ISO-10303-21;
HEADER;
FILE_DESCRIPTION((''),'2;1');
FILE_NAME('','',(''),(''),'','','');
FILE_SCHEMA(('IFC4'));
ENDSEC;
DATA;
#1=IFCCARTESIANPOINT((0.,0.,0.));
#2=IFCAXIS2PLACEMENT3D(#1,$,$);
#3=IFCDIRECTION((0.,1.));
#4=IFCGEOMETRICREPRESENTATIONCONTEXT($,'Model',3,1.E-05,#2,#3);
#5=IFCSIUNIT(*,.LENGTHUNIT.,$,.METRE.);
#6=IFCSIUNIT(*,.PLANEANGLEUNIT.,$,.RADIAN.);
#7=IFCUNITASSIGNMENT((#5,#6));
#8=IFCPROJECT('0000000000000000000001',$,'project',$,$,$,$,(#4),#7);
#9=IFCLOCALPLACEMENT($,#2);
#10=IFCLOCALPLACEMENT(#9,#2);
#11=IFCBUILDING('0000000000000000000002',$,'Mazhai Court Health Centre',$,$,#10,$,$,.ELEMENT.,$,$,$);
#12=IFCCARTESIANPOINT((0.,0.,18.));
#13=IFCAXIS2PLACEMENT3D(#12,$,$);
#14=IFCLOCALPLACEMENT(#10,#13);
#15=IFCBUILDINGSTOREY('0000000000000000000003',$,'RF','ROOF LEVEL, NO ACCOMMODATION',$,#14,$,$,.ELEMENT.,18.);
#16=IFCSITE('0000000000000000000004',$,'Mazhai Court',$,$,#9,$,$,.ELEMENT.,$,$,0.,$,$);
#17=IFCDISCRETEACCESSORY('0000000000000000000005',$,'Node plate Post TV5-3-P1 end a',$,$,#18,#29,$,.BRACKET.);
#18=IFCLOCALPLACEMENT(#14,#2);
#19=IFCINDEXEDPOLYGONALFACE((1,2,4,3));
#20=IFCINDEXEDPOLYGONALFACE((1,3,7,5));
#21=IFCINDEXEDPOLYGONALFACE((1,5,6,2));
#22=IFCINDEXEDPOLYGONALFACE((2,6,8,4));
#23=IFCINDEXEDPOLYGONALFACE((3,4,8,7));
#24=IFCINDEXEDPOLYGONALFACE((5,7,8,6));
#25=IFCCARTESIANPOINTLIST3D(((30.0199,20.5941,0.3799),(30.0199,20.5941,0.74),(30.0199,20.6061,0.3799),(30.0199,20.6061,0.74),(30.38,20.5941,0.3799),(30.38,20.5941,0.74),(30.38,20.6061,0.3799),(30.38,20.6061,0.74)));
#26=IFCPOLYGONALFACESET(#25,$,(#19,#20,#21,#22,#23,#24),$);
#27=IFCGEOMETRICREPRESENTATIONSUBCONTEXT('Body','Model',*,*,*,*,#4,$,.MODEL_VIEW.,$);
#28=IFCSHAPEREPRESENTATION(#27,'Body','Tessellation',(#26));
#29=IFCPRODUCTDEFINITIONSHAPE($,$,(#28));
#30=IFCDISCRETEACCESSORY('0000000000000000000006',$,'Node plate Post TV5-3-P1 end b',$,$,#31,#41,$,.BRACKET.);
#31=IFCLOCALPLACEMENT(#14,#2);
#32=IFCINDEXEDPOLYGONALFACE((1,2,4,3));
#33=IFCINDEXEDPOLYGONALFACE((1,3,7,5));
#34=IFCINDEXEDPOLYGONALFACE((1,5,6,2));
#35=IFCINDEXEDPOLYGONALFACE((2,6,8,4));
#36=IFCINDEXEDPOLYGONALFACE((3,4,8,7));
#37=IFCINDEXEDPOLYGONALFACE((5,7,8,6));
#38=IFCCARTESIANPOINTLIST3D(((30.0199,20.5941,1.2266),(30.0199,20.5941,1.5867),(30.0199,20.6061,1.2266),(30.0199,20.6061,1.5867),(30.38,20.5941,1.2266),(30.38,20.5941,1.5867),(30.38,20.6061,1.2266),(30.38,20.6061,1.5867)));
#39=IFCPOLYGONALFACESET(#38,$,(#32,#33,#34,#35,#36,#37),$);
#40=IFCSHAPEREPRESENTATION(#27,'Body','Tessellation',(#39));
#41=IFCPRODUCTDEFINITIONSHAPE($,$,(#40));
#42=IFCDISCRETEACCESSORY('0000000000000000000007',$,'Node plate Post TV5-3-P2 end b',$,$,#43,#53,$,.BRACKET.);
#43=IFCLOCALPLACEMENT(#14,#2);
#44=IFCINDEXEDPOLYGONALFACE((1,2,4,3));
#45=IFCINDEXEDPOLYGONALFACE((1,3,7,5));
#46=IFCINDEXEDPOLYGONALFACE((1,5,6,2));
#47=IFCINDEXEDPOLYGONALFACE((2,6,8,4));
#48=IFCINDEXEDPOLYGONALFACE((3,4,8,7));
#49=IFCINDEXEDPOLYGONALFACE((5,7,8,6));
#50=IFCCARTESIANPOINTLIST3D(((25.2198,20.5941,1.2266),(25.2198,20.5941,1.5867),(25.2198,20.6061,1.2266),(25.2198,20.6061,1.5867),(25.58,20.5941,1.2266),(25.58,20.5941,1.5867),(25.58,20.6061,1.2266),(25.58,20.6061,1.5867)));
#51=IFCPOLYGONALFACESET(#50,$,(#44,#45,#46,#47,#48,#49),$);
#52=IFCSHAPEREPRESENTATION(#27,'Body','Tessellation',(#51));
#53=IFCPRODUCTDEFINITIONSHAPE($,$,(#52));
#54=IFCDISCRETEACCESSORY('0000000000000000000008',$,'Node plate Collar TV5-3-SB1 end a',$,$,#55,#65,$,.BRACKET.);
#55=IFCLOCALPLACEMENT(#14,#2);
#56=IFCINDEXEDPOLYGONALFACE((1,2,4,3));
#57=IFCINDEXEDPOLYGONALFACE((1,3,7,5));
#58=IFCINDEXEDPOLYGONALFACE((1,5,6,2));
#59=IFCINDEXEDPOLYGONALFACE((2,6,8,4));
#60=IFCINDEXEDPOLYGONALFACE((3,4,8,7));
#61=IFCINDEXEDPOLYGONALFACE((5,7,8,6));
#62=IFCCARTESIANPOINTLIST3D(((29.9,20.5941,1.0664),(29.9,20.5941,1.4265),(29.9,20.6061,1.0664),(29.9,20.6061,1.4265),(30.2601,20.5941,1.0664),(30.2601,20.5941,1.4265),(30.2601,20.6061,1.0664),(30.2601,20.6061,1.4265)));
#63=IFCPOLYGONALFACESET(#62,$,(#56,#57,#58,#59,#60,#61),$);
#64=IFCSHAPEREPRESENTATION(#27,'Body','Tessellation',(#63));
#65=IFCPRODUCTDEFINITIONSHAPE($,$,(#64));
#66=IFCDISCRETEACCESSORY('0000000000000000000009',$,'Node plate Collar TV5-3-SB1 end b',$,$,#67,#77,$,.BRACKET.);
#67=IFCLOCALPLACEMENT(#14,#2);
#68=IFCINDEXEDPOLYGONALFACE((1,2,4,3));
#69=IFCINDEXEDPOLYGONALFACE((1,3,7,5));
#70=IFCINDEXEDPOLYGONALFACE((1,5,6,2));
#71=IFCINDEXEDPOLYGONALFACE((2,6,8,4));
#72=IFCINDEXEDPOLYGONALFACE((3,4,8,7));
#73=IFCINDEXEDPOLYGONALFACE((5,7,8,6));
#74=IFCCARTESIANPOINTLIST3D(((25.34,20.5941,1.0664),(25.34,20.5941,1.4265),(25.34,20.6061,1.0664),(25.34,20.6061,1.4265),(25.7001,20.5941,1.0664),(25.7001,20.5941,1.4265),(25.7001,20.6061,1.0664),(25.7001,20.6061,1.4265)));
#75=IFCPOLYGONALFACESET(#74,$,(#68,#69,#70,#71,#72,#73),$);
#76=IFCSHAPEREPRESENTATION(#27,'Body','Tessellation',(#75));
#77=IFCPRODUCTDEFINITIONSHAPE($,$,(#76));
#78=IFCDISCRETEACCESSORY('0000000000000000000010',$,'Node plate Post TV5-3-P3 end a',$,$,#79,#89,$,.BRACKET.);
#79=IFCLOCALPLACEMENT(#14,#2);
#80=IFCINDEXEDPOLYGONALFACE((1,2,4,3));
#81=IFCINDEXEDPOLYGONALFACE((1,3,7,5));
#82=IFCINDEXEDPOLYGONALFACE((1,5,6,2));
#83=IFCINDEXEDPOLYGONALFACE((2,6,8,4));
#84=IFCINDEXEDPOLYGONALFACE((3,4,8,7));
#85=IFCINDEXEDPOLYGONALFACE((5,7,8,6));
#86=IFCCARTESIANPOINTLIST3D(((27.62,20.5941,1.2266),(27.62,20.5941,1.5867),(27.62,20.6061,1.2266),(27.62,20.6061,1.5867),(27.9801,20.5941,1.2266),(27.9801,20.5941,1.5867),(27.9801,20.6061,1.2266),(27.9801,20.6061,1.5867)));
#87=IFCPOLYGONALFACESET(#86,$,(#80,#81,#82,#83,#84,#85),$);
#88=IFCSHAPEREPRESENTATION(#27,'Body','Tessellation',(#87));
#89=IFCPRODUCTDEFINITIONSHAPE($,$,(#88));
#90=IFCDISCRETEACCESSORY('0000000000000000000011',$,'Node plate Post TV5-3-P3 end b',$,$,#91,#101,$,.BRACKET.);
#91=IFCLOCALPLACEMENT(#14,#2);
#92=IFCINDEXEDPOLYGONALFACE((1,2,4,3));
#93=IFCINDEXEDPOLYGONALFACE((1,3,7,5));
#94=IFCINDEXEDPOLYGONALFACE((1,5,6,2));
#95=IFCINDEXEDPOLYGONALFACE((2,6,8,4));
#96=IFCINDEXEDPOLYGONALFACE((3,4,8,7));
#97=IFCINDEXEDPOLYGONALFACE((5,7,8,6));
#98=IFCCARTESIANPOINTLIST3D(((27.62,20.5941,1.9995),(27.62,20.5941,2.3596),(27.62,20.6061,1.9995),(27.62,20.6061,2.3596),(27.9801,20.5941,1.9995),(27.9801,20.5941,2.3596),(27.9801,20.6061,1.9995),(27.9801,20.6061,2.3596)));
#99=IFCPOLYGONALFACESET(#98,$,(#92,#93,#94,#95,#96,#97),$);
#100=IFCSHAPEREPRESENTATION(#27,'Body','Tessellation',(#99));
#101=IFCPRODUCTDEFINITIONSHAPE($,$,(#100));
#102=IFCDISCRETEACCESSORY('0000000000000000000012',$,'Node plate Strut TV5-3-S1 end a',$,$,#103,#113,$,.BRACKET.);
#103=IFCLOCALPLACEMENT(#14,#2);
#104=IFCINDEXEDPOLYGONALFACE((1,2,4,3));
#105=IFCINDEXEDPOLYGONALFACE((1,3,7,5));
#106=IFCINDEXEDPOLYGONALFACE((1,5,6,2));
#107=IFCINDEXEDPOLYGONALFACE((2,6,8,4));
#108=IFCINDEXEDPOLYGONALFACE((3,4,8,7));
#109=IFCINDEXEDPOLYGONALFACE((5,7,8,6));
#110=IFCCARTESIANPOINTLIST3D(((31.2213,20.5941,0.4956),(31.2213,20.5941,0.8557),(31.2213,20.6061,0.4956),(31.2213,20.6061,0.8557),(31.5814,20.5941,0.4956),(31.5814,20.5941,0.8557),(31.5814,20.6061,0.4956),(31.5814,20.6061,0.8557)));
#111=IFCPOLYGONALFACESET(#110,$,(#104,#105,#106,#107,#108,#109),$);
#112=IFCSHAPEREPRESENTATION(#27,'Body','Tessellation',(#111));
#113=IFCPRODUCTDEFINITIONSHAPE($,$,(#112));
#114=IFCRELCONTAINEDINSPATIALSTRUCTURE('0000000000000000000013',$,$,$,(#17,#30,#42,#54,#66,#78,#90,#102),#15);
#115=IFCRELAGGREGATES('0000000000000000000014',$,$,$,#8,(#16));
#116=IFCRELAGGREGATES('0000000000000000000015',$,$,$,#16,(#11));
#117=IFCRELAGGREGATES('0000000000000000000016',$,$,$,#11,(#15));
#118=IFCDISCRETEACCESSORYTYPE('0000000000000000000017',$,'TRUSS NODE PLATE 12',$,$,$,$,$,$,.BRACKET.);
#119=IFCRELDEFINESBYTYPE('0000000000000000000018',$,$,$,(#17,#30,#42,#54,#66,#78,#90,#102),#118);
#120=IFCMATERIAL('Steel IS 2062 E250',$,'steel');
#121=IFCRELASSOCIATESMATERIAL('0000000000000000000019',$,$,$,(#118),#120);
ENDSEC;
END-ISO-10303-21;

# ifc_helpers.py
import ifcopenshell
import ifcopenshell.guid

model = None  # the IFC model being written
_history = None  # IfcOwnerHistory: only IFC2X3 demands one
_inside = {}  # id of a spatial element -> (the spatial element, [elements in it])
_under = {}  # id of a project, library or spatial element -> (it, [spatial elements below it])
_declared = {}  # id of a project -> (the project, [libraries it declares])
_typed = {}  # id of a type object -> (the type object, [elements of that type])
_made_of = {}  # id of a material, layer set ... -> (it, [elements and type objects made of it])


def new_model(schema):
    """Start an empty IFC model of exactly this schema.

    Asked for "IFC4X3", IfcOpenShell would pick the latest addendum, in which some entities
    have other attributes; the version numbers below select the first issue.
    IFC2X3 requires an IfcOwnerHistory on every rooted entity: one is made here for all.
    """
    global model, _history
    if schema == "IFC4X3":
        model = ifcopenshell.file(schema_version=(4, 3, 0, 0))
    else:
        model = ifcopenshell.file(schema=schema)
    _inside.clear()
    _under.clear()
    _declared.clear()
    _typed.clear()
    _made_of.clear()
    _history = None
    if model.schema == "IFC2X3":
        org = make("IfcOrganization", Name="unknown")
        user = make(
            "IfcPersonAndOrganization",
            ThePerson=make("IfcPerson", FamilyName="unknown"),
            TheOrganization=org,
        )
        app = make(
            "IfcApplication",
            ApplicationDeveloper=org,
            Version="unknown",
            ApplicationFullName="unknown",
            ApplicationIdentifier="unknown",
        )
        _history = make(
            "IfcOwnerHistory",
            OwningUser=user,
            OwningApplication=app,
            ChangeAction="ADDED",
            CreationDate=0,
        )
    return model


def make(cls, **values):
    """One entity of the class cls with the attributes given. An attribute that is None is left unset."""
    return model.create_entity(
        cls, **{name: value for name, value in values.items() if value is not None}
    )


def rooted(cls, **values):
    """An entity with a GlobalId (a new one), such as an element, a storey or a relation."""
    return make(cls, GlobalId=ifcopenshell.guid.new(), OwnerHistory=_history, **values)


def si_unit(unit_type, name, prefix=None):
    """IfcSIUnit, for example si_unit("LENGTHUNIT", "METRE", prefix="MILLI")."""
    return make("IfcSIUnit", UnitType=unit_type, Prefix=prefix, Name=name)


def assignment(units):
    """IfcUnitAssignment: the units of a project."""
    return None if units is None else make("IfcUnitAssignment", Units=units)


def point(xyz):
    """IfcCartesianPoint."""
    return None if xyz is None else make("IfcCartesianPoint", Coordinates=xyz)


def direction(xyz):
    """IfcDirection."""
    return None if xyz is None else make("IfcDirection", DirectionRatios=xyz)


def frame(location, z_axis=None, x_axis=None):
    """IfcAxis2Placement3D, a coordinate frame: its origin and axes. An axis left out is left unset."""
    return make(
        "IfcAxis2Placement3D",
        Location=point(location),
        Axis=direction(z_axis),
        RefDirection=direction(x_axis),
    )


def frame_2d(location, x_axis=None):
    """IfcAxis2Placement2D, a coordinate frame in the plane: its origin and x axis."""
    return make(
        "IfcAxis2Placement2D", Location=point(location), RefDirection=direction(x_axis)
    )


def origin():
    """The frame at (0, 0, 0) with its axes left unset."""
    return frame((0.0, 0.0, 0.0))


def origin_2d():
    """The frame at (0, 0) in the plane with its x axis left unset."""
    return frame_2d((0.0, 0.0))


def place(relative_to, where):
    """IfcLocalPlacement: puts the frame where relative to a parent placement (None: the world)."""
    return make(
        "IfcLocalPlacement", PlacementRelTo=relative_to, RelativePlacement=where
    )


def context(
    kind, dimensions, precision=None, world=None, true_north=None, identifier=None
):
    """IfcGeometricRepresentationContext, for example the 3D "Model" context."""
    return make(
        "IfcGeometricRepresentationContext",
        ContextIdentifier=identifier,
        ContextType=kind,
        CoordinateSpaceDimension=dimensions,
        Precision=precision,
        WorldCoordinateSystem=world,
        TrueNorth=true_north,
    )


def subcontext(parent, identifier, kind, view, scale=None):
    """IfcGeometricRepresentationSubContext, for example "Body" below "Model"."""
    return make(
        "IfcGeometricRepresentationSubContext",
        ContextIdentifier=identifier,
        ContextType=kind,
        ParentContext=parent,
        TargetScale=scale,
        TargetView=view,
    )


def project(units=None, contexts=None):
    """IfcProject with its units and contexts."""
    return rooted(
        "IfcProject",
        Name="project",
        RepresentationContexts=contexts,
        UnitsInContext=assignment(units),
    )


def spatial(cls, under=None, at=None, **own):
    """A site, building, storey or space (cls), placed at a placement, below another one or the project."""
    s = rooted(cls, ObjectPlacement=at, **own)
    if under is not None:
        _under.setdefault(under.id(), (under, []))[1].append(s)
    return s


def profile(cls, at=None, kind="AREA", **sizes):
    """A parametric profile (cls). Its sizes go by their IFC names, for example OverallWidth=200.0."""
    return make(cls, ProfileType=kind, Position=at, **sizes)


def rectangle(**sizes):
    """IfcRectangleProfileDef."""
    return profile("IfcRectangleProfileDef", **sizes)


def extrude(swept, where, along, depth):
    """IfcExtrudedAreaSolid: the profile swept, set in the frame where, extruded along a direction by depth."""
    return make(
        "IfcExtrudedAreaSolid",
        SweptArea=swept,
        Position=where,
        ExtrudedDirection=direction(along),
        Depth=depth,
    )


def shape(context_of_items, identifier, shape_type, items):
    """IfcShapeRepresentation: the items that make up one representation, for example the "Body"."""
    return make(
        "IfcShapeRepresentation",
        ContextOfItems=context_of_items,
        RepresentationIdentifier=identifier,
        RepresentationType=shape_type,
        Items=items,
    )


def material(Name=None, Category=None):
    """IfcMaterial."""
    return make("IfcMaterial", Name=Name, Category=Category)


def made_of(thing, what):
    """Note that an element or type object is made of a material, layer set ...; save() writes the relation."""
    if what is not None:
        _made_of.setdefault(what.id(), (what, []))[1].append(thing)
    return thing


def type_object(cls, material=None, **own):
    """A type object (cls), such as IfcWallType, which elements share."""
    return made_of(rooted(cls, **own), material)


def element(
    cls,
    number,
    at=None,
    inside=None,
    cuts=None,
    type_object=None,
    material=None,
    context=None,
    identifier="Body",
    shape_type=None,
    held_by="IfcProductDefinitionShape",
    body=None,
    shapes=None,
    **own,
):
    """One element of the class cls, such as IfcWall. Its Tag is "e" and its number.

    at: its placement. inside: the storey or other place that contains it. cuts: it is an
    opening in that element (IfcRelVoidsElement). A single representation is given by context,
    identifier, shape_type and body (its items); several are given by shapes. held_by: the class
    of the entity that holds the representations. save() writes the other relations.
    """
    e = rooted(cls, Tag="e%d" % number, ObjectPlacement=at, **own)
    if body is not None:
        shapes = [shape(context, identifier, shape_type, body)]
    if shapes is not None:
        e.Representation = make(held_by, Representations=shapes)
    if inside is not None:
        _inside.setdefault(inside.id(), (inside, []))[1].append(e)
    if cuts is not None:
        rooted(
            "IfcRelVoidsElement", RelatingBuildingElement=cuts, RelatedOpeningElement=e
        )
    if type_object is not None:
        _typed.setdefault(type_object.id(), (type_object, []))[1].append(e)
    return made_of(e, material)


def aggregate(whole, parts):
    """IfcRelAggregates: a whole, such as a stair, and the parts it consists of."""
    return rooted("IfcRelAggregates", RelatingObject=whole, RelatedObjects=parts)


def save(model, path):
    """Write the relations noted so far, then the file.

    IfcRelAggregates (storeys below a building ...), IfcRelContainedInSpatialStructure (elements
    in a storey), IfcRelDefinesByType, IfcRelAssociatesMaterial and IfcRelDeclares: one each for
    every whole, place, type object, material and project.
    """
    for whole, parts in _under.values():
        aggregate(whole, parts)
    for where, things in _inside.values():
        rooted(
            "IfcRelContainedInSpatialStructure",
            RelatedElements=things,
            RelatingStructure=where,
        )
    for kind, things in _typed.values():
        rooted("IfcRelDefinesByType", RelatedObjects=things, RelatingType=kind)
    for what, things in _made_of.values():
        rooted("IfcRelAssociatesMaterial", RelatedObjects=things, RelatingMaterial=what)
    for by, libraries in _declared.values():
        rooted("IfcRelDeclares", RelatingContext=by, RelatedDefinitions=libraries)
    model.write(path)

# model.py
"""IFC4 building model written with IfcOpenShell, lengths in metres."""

from ifc_helpers import new_model, si_unit, direction, frame, origin, origin_2d, place, context, subcontext, project, spatial, rectangle, extrude, material, type_object, element, save


model = new_model("IFC4")

# Units and contexts
model_context = context("Model", 3, precision=1e-05, world=origin(), true_north=direction((0.0, 1.0)))
body_context = subcontext(model_context, "Body", "Model", "MODEL_VIEW")
ifc_project = project(units=[si_unit("LENGTHUNIT", "METRE"), si_unit("PLANEANGLEUNIT", "RADIAN")], contexts=[model_context])

# Site, building, storey
site_placement = place(None, origin())
site = spatial("IfcSite", under=ifc_project, at=site_placement, Name="Mazhai Court", CompositionType="ELEMENT", RefElevation=0.0)
building_placement = place(site_placement, origin())
building = spatial("IfcBuilding", under=site, at=building_placement, Name="Mazhai Court Health Centre", CompositionType="ELEMENT")
storey_placement = place(building_placement, frame((0.0, 0.0, 18.0)))
storey = spatial("IfcBuildingStorey", under=building, at=storey_placement, Name="RF", Description="ROOF LEVEL, NO ACCOMMODATION", CompositionType="ELEMENT", Elevation=18.0)

# Discrete accessories
ifc_material_1 = material(Name="Steel IS 2062 E250", Category="steel")
discrete_accessory_type = type_object("IfcDiscreteAccessoryType", Name="TRUSS NODE PLATE 12", PredefinedType="BRACKET", material=ifc_material_1)
for number, where, z_axis, x_axis, name in (
    (1, (30.2, 20.6001, 0.3799), (0.0, 0.0, 1.0), (1.0, 0.0, 0.0), "Node plate Post TV5-3-P1 end a"),
    (2, (30.2, 20.6001, 1.2266), (0.0, 0.0, 1.0), (1.0, 0.0, 0.0), "Node plate Post TV5-3-P1 end b"),
    (3, (25.3999, 20.6001, 1.2266), (0.0, 0.0, 1.0), (1.0, 0.0, 0.0), "Node plate Post TV5-3-P2 end b"),
    (4, (30.0801, 20.6001, 1.0664), (0.0, 0.0, 1.0), (1.0, 0.0, 0.0), "Node plate Collar TV5-3-SB1 end a"),
    (5, (25.52, 20.6001, 1.0664), (0.0, 0.0, 1.0), (1.0, 0.0, 0.0), "Node plate Collar TV5-3-SB1 end b"),
    (6, (27.8, 20.6001, 1.2266), (0.0, 0.0, 1.0), (1.0, 0.0, 0.0), "Node plate Post TV5-3-P3 end a"),
    (7, (27.8, 20.6001, 1.9995), (0.0, 0.0, 1.0), (1.0, 0.0, 0.0), "Node plate Post TV5-3-P3 end b"),
    (8, (31.4014, 20.6001, 0.4956), (0.0, 0.0, 1.0), (1.0, 0.0, 0.0), "Node plate Strut TV5-3-S1 end a"),
):
    element("IfcDiscreteAccessory", number, at=place(storey_placement, frame(where, z_axis=z_axis, x_axis=x_axis)), inside=storey, type_object=discrete_accessory_type, Name=name, PredefinedType="BRACKET", context=body_context, shape_type="SweptSolid", body=[
        extrude(rectangle(XDim=0.3601, YDim=0.012, at=origin_2d()), origin(), (0.0, 0.0, 1.0), 0.3601),
    ])

save(model, "model.ifc")
